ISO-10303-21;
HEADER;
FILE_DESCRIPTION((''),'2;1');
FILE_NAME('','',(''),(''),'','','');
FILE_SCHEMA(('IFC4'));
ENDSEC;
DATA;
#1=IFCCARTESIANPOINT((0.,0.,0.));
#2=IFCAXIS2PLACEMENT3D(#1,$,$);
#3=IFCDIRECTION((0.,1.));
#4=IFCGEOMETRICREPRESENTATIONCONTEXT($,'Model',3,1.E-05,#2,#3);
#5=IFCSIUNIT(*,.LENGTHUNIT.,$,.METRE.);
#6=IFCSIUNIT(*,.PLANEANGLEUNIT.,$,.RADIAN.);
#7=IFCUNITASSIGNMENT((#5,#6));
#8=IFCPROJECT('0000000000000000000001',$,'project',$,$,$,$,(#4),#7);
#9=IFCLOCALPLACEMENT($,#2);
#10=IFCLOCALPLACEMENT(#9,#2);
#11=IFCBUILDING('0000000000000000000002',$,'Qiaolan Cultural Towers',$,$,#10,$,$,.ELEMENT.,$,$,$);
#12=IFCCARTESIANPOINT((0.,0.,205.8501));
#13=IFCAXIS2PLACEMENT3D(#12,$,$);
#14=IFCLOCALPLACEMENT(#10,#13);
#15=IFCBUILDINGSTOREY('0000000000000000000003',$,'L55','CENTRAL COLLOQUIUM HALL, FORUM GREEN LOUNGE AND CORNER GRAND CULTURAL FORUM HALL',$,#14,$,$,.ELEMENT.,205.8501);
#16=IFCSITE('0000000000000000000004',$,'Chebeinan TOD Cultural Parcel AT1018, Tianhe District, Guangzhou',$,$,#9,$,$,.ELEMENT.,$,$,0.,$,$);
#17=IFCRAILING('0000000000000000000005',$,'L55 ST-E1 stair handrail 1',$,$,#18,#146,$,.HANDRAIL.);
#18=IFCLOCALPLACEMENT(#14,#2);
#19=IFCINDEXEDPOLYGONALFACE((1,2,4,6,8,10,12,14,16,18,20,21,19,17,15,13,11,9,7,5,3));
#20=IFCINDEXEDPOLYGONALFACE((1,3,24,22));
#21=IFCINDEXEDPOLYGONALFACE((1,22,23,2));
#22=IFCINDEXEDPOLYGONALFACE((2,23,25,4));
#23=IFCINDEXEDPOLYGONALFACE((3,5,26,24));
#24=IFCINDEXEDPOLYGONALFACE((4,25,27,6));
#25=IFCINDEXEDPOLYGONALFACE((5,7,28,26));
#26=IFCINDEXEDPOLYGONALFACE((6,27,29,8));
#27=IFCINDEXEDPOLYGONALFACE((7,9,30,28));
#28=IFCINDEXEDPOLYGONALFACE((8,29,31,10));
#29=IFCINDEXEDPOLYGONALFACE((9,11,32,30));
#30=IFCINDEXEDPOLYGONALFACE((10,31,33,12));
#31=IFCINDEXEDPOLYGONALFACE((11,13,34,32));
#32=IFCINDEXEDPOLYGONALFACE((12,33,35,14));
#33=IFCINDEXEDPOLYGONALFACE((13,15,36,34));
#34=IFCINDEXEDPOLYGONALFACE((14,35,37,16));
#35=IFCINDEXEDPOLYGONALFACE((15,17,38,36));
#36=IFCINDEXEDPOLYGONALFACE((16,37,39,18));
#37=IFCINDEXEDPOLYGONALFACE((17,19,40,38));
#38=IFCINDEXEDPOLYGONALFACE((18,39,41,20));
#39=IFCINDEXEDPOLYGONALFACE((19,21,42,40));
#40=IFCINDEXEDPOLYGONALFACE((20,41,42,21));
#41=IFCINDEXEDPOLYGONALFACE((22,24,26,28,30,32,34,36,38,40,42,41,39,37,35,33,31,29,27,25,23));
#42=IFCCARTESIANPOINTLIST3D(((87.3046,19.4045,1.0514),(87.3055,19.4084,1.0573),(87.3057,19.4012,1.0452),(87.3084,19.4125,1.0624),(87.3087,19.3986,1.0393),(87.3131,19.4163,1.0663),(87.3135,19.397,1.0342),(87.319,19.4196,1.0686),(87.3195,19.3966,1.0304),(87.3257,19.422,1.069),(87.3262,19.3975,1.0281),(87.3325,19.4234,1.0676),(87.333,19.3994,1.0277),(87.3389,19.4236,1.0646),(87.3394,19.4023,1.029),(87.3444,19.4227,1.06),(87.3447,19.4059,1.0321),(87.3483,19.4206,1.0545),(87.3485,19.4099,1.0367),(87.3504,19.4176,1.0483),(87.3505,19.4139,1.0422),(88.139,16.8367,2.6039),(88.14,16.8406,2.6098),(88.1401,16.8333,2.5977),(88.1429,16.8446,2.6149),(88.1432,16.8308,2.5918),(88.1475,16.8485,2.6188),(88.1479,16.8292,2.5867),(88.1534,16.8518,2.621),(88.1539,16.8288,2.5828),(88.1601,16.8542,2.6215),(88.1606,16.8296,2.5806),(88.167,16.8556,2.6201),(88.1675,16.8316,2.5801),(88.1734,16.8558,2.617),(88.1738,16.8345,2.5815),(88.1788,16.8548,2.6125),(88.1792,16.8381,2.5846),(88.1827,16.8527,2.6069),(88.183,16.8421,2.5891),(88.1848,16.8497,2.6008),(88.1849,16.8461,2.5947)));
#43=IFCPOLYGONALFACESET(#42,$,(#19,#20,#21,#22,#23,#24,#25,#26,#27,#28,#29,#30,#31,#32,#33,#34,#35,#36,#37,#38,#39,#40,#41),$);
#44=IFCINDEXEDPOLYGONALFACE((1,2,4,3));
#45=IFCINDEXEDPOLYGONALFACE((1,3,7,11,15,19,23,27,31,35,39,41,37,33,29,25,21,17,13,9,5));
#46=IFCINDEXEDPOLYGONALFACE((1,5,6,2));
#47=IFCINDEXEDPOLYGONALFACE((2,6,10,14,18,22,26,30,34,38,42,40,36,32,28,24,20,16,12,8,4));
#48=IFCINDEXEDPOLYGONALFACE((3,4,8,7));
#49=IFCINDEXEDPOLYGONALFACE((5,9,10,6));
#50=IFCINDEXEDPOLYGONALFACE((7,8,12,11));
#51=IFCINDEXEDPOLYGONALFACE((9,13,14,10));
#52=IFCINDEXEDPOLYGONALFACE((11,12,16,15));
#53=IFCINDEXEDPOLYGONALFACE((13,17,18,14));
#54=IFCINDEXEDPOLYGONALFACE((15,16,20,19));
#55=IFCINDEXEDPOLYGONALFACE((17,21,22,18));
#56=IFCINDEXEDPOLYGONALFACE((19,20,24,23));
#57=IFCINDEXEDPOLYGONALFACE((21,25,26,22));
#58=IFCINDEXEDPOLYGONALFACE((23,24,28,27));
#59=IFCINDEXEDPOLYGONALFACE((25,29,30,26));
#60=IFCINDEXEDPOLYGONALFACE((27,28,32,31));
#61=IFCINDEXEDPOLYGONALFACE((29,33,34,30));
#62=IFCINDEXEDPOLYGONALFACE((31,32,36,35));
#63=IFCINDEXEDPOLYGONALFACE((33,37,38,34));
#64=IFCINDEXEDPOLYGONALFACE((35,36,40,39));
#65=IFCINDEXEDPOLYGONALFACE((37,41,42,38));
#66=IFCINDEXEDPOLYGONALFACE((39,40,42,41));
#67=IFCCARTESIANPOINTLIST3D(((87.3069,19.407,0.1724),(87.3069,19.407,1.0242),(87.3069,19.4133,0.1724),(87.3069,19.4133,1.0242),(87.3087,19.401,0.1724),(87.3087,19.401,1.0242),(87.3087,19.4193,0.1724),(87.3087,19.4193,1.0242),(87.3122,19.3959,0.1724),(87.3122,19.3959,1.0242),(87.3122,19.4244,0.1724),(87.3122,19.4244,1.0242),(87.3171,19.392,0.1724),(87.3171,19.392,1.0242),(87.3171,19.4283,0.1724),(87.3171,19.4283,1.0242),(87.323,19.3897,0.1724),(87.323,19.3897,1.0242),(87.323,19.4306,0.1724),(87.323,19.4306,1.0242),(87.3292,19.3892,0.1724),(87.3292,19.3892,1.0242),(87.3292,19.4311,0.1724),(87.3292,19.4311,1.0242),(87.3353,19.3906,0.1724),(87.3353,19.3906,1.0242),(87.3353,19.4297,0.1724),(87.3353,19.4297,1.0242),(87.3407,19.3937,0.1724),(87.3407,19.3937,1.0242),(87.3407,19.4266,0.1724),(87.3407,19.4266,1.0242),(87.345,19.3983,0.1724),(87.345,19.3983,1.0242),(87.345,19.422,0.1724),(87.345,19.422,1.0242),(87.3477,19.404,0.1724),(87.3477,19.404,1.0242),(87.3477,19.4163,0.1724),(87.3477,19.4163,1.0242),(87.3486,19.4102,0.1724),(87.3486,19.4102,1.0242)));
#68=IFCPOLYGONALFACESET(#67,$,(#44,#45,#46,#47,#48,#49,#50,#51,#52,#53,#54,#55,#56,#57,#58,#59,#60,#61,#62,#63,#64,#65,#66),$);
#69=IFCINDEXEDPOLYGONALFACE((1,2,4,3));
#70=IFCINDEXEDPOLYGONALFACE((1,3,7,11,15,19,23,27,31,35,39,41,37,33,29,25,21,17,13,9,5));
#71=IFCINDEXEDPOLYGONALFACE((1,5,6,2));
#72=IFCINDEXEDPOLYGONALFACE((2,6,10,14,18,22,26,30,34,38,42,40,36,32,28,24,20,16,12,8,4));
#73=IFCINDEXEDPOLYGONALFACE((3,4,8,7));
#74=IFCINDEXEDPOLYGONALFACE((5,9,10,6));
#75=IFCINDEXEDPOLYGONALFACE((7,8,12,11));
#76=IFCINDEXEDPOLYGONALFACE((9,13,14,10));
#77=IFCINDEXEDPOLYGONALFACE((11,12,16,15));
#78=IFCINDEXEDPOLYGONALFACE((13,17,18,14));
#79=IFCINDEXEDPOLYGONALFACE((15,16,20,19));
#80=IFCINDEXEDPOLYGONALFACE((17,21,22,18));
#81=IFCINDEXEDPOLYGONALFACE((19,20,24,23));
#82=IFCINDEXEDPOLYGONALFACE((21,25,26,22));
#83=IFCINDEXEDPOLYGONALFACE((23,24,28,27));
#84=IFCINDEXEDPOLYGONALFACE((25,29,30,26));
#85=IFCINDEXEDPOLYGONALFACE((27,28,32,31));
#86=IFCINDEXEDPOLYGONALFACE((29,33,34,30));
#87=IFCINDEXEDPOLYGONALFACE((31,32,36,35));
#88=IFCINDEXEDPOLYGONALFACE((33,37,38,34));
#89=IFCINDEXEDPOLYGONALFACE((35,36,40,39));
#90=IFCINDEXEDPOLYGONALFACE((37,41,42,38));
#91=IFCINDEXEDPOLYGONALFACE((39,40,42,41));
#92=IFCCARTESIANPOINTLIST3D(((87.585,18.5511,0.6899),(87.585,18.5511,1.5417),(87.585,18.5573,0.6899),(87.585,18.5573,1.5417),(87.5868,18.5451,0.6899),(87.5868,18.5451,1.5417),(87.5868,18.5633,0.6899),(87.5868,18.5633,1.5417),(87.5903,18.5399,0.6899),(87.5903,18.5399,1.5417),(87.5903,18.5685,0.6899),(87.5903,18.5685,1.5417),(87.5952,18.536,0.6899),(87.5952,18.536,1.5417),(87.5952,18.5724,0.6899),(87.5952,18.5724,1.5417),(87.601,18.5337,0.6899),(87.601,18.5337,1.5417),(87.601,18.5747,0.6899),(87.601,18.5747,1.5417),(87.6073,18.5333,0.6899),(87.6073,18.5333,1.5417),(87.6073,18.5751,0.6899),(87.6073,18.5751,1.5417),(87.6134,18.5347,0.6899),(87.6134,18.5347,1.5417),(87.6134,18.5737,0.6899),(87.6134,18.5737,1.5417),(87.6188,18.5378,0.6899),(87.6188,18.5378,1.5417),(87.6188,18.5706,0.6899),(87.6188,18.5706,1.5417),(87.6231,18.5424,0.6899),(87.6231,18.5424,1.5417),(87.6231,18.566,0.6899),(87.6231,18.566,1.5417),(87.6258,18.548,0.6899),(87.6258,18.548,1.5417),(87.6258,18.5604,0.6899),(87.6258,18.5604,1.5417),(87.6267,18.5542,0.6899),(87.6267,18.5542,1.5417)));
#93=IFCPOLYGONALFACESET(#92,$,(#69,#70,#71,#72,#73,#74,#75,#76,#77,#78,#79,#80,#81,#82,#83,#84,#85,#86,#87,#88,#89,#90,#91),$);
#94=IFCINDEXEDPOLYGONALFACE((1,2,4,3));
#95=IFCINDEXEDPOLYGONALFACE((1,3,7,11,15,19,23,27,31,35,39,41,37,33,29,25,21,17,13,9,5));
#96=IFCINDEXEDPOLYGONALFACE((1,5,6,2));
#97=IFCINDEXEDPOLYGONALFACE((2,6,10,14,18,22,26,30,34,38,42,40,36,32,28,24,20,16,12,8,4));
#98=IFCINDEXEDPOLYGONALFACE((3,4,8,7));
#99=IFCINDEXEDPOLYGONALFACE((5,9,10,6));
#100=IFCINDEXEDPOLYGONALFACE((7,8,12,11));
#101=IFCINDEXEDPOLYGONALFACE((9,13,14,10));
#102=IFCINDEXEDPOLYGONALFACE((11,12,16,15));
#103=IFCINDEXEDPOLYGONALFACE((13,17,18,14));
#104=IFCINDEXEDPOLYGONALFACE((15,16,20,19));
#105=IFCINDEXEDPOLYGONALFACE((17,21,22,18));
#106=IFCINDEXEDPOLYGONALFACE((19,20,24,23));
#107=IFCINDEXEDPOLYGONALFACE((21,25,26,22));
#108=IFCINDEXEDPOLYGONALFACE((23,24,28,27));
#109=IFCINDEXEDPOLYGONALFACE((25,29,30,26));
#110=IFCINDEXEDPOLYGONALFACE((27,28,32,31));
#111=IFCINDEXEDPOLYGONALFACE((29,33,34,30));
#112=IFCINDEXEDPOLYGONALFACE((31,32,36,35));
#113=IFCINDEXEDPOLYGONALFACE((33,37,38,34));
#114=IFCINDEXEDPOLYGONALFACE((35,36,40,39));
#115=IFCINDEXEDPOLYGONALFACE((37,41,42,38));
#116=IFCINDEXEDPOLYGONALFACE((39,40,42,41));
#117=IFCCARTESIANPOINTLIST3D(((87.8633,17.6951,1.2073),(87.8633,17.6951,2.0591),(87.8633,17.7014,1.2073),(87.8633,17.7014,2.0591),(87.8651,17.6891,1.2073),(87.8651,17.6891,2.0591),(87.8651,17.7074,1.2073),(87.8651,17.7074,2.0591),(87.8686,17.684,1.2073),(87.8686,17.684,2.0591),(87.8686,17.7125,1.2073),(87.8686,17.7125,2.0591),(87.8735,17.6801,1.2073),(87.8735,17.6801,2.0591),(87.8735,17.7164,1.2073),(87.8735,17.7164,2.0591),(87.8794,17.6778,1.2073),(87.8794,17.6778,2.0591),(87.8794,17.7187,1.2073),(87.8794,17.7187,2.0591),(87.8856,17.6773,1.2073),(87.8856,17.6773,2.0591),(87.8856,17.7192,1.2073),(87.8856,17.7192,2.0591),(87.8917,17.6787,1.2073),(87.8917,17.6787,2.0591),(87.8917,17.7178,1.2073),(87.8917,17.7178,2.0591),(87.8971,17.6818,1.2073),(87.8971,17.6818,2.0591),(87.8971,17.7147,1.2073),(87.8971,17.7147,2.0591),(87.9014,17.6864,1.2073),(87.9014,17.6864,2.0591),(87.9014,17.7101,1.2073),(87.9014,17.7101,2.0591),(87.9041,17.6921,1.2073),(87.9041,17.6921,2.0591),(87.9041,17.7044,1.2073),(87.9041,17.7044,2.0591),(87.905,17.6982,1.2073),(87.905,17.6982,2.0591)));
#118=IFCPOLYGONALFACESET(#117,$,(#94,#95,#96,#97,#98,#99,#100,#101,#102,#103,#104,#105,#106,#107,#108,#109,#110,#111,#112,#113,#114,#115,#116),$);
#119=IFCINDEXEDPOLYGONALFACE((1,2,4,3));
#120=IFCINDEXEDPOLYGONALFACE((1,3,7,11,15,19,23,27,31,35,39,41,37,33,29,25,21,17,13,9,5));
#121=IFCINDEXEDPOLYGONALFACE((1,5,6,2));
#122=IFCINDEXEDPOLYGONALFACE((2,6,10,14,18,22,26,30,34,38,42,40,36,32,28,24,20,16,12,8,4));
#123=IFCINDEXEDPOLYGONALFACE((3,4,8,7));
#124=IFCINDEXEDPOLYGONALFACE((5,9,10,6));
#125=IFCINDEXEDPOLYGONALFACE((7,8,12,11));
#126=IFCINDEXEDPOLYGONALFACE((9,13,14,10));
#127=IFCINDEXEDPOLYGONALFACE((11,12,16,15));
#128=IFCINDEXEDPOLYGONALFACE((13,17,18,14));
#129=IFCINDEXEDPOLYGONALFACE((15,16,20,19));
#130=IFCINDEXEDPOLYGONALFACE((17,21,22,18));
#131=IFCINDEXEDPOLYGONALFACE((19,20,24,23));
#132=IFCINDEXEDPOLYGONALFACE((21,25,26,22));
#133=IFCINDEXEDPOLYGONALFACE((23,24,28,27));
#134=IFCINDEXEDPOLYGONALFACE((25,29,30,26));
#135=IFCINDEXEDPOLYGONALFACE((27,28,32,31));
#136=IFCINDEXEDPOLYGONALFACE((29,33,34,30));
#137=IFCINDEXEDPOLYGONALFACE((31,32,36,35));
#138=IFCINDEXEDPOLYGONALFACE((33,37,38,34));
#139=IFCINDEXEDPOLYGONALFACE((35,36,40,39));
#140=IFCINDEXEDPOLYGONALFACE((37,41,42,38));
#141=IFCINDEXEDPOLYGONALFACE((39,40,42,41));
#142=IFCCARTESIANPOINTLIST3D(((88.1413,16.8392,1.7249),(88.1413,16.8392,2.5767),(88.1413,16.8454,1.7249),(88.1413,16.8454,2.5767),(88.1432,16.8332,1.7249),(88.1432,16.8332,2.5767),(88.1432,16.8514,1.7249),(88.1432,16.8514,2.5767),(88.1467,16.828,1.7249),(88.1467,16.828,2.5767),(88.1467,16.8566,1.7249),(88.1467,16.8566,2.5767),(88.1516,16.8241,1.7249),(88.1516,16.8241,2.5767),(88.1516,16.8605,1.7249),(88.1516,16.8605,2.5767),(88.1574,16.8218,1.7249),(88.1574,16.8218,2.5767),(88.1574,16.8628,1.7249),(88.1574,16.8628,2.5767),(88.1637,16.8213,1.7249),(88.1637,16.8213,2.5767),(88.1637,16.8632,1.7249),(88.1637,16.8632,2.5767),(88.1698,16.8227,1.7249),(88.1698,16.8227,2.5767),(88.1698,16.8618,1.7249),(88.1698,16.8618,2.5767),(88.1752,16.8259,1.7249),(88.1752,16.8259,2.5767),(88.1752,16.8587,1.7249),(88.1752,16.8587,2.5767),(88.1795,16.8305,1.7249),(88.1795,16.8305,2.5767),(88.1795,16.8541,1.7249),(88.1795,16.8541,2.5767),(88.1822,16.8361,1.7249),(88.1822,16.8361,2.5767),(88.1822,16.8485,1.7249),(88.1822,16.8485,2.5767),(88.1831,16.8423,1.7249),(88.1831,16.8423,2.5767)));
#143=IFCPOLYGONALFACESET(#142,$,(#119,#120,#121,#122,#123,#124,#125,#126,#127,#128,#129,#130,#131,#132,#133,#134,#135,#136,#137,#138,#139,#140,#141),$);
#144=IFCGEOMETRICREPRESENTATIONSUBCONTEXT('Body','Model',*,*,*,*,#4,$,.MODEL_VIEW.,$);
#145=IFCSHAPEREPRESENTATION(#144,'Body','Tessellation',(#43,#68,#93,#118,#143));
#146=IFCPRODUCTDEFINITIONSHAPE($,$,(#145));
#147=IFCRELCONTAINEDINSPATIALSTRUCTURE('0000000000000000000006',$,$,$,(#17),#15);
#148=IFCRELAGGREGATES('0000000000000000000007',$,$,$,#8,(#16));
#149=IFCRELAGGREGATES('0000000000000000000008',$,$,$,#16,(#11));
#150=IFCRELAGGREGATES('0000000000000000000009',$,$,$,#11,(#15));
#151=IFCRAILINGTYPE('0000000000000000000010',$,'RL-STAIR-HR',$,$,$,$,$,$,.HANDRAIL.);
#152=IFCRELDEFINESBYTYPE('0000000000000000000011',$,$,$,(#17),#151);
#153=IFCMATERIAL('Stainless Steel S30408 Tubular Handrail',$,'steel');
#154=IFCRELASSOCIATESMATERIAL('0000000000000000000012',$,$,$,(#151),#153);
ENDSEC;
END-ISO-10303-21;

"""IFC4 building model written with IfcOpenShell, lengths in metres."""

from ifc_helpers import new_model, si_unit, direction, frame, origin, origin_2d, place, context, subcontext, project, spatial, circle, extrude, material, type_object, element, save


model = new_model("IFC4")

# Units and contexts
model_context = context("Model", 3, precision=1e-05, world=origin(), true_north=direction((0.0, 1.0)))
body_context = subcontext(model_context, "Body", "Model", "MODEL_VIEW")
ifc_project = project(units=[si_unit("LENGTHUNIT", "METRE"), si_unit("PLANEANGLEUNIT", "RADIAN")], contexts=[model_context])

# Site, building, storey
site_placement = place(None, origin())
site = spatial("IfcSite", under=ifc_project, at=site_placement, Name="Chebeinan TOD Cultural Parcel AT1018, Tianhe District, Guangzhou", CompositionType="ELEMENT", RefElevation=0.0)
building_placement = place(site_placement, origin())
building = spatial("IfcBuilding", under=site, at=building_placement, Name="Qiaolan Cultural Towers", CompositionType="ELEMENT")
storey_placement = place(building_placement, frame((0.0, 0.0, 205.8501)))
storey = spatial("IfcBuildingStorey", under=building, at=storey_placement, Name="L55", Description="CENTRAL COLLOQUIUM HALL, FORUM GREEN LOUNGE AND CORNER GRAND CULTURAL FORUM HALL", CompositionType="ELEMENT", Elevation=205.8501)

# Railing
ifc_material_1 = material(Name="Stainless Steel S30408 Tubular Handrail", Category="steel")
railing_type_1 = type_object("IfcRailingType", Name="RL-STAIR-HR", PredefinedType="HANDRAIL", material=ifc_material_1)
railing_1_placement = place(storey_placement, frame((87.3276, 19.4102, 0.1724)))
element("IfcRailing", 1, at=railing_1_placement, inside=storey, type_object=railing_type_1, Name="L55 ST-E1 stair handrail 1", PredefinedType="HANDRAIL", context=body_context, shape_type="SweptSolid", body=[
    extrude(circle(Radius=0.0239, at=origin_2d()), frame((0.0, 0.0, 0.876), z_axis=(0.267926, -0.824471, 0.498461), x_axis=(0.951043, 0.309057, 0.0)), (0.0, 0.0, 1.0), 3.1145),
    extrude(circle(Radius=0.021, at=origin_2d()), origin(), (0.0, 0.0, 1.0), 0.8518),
    extrude(circle(Radius=0.021, at=origin_2d()), frame((0.2781, -0.856, 0.5176)), (0.0, 0.0, 1.0), 0.8518),
    extrude(circle(Radius=0.021, at=origin_2d()), frame((0.5564, -1.7119, 1.0349)), (0.0, 0.0, 1.0), 0.8518),
    extrude(circle(Radius=0.021, at=origin_2d()), frame((0.8345, -2.5679, 1.5525)), (0.0, 0.0, 1.0), 0.8518),
])

save(model, "model.ifc")
